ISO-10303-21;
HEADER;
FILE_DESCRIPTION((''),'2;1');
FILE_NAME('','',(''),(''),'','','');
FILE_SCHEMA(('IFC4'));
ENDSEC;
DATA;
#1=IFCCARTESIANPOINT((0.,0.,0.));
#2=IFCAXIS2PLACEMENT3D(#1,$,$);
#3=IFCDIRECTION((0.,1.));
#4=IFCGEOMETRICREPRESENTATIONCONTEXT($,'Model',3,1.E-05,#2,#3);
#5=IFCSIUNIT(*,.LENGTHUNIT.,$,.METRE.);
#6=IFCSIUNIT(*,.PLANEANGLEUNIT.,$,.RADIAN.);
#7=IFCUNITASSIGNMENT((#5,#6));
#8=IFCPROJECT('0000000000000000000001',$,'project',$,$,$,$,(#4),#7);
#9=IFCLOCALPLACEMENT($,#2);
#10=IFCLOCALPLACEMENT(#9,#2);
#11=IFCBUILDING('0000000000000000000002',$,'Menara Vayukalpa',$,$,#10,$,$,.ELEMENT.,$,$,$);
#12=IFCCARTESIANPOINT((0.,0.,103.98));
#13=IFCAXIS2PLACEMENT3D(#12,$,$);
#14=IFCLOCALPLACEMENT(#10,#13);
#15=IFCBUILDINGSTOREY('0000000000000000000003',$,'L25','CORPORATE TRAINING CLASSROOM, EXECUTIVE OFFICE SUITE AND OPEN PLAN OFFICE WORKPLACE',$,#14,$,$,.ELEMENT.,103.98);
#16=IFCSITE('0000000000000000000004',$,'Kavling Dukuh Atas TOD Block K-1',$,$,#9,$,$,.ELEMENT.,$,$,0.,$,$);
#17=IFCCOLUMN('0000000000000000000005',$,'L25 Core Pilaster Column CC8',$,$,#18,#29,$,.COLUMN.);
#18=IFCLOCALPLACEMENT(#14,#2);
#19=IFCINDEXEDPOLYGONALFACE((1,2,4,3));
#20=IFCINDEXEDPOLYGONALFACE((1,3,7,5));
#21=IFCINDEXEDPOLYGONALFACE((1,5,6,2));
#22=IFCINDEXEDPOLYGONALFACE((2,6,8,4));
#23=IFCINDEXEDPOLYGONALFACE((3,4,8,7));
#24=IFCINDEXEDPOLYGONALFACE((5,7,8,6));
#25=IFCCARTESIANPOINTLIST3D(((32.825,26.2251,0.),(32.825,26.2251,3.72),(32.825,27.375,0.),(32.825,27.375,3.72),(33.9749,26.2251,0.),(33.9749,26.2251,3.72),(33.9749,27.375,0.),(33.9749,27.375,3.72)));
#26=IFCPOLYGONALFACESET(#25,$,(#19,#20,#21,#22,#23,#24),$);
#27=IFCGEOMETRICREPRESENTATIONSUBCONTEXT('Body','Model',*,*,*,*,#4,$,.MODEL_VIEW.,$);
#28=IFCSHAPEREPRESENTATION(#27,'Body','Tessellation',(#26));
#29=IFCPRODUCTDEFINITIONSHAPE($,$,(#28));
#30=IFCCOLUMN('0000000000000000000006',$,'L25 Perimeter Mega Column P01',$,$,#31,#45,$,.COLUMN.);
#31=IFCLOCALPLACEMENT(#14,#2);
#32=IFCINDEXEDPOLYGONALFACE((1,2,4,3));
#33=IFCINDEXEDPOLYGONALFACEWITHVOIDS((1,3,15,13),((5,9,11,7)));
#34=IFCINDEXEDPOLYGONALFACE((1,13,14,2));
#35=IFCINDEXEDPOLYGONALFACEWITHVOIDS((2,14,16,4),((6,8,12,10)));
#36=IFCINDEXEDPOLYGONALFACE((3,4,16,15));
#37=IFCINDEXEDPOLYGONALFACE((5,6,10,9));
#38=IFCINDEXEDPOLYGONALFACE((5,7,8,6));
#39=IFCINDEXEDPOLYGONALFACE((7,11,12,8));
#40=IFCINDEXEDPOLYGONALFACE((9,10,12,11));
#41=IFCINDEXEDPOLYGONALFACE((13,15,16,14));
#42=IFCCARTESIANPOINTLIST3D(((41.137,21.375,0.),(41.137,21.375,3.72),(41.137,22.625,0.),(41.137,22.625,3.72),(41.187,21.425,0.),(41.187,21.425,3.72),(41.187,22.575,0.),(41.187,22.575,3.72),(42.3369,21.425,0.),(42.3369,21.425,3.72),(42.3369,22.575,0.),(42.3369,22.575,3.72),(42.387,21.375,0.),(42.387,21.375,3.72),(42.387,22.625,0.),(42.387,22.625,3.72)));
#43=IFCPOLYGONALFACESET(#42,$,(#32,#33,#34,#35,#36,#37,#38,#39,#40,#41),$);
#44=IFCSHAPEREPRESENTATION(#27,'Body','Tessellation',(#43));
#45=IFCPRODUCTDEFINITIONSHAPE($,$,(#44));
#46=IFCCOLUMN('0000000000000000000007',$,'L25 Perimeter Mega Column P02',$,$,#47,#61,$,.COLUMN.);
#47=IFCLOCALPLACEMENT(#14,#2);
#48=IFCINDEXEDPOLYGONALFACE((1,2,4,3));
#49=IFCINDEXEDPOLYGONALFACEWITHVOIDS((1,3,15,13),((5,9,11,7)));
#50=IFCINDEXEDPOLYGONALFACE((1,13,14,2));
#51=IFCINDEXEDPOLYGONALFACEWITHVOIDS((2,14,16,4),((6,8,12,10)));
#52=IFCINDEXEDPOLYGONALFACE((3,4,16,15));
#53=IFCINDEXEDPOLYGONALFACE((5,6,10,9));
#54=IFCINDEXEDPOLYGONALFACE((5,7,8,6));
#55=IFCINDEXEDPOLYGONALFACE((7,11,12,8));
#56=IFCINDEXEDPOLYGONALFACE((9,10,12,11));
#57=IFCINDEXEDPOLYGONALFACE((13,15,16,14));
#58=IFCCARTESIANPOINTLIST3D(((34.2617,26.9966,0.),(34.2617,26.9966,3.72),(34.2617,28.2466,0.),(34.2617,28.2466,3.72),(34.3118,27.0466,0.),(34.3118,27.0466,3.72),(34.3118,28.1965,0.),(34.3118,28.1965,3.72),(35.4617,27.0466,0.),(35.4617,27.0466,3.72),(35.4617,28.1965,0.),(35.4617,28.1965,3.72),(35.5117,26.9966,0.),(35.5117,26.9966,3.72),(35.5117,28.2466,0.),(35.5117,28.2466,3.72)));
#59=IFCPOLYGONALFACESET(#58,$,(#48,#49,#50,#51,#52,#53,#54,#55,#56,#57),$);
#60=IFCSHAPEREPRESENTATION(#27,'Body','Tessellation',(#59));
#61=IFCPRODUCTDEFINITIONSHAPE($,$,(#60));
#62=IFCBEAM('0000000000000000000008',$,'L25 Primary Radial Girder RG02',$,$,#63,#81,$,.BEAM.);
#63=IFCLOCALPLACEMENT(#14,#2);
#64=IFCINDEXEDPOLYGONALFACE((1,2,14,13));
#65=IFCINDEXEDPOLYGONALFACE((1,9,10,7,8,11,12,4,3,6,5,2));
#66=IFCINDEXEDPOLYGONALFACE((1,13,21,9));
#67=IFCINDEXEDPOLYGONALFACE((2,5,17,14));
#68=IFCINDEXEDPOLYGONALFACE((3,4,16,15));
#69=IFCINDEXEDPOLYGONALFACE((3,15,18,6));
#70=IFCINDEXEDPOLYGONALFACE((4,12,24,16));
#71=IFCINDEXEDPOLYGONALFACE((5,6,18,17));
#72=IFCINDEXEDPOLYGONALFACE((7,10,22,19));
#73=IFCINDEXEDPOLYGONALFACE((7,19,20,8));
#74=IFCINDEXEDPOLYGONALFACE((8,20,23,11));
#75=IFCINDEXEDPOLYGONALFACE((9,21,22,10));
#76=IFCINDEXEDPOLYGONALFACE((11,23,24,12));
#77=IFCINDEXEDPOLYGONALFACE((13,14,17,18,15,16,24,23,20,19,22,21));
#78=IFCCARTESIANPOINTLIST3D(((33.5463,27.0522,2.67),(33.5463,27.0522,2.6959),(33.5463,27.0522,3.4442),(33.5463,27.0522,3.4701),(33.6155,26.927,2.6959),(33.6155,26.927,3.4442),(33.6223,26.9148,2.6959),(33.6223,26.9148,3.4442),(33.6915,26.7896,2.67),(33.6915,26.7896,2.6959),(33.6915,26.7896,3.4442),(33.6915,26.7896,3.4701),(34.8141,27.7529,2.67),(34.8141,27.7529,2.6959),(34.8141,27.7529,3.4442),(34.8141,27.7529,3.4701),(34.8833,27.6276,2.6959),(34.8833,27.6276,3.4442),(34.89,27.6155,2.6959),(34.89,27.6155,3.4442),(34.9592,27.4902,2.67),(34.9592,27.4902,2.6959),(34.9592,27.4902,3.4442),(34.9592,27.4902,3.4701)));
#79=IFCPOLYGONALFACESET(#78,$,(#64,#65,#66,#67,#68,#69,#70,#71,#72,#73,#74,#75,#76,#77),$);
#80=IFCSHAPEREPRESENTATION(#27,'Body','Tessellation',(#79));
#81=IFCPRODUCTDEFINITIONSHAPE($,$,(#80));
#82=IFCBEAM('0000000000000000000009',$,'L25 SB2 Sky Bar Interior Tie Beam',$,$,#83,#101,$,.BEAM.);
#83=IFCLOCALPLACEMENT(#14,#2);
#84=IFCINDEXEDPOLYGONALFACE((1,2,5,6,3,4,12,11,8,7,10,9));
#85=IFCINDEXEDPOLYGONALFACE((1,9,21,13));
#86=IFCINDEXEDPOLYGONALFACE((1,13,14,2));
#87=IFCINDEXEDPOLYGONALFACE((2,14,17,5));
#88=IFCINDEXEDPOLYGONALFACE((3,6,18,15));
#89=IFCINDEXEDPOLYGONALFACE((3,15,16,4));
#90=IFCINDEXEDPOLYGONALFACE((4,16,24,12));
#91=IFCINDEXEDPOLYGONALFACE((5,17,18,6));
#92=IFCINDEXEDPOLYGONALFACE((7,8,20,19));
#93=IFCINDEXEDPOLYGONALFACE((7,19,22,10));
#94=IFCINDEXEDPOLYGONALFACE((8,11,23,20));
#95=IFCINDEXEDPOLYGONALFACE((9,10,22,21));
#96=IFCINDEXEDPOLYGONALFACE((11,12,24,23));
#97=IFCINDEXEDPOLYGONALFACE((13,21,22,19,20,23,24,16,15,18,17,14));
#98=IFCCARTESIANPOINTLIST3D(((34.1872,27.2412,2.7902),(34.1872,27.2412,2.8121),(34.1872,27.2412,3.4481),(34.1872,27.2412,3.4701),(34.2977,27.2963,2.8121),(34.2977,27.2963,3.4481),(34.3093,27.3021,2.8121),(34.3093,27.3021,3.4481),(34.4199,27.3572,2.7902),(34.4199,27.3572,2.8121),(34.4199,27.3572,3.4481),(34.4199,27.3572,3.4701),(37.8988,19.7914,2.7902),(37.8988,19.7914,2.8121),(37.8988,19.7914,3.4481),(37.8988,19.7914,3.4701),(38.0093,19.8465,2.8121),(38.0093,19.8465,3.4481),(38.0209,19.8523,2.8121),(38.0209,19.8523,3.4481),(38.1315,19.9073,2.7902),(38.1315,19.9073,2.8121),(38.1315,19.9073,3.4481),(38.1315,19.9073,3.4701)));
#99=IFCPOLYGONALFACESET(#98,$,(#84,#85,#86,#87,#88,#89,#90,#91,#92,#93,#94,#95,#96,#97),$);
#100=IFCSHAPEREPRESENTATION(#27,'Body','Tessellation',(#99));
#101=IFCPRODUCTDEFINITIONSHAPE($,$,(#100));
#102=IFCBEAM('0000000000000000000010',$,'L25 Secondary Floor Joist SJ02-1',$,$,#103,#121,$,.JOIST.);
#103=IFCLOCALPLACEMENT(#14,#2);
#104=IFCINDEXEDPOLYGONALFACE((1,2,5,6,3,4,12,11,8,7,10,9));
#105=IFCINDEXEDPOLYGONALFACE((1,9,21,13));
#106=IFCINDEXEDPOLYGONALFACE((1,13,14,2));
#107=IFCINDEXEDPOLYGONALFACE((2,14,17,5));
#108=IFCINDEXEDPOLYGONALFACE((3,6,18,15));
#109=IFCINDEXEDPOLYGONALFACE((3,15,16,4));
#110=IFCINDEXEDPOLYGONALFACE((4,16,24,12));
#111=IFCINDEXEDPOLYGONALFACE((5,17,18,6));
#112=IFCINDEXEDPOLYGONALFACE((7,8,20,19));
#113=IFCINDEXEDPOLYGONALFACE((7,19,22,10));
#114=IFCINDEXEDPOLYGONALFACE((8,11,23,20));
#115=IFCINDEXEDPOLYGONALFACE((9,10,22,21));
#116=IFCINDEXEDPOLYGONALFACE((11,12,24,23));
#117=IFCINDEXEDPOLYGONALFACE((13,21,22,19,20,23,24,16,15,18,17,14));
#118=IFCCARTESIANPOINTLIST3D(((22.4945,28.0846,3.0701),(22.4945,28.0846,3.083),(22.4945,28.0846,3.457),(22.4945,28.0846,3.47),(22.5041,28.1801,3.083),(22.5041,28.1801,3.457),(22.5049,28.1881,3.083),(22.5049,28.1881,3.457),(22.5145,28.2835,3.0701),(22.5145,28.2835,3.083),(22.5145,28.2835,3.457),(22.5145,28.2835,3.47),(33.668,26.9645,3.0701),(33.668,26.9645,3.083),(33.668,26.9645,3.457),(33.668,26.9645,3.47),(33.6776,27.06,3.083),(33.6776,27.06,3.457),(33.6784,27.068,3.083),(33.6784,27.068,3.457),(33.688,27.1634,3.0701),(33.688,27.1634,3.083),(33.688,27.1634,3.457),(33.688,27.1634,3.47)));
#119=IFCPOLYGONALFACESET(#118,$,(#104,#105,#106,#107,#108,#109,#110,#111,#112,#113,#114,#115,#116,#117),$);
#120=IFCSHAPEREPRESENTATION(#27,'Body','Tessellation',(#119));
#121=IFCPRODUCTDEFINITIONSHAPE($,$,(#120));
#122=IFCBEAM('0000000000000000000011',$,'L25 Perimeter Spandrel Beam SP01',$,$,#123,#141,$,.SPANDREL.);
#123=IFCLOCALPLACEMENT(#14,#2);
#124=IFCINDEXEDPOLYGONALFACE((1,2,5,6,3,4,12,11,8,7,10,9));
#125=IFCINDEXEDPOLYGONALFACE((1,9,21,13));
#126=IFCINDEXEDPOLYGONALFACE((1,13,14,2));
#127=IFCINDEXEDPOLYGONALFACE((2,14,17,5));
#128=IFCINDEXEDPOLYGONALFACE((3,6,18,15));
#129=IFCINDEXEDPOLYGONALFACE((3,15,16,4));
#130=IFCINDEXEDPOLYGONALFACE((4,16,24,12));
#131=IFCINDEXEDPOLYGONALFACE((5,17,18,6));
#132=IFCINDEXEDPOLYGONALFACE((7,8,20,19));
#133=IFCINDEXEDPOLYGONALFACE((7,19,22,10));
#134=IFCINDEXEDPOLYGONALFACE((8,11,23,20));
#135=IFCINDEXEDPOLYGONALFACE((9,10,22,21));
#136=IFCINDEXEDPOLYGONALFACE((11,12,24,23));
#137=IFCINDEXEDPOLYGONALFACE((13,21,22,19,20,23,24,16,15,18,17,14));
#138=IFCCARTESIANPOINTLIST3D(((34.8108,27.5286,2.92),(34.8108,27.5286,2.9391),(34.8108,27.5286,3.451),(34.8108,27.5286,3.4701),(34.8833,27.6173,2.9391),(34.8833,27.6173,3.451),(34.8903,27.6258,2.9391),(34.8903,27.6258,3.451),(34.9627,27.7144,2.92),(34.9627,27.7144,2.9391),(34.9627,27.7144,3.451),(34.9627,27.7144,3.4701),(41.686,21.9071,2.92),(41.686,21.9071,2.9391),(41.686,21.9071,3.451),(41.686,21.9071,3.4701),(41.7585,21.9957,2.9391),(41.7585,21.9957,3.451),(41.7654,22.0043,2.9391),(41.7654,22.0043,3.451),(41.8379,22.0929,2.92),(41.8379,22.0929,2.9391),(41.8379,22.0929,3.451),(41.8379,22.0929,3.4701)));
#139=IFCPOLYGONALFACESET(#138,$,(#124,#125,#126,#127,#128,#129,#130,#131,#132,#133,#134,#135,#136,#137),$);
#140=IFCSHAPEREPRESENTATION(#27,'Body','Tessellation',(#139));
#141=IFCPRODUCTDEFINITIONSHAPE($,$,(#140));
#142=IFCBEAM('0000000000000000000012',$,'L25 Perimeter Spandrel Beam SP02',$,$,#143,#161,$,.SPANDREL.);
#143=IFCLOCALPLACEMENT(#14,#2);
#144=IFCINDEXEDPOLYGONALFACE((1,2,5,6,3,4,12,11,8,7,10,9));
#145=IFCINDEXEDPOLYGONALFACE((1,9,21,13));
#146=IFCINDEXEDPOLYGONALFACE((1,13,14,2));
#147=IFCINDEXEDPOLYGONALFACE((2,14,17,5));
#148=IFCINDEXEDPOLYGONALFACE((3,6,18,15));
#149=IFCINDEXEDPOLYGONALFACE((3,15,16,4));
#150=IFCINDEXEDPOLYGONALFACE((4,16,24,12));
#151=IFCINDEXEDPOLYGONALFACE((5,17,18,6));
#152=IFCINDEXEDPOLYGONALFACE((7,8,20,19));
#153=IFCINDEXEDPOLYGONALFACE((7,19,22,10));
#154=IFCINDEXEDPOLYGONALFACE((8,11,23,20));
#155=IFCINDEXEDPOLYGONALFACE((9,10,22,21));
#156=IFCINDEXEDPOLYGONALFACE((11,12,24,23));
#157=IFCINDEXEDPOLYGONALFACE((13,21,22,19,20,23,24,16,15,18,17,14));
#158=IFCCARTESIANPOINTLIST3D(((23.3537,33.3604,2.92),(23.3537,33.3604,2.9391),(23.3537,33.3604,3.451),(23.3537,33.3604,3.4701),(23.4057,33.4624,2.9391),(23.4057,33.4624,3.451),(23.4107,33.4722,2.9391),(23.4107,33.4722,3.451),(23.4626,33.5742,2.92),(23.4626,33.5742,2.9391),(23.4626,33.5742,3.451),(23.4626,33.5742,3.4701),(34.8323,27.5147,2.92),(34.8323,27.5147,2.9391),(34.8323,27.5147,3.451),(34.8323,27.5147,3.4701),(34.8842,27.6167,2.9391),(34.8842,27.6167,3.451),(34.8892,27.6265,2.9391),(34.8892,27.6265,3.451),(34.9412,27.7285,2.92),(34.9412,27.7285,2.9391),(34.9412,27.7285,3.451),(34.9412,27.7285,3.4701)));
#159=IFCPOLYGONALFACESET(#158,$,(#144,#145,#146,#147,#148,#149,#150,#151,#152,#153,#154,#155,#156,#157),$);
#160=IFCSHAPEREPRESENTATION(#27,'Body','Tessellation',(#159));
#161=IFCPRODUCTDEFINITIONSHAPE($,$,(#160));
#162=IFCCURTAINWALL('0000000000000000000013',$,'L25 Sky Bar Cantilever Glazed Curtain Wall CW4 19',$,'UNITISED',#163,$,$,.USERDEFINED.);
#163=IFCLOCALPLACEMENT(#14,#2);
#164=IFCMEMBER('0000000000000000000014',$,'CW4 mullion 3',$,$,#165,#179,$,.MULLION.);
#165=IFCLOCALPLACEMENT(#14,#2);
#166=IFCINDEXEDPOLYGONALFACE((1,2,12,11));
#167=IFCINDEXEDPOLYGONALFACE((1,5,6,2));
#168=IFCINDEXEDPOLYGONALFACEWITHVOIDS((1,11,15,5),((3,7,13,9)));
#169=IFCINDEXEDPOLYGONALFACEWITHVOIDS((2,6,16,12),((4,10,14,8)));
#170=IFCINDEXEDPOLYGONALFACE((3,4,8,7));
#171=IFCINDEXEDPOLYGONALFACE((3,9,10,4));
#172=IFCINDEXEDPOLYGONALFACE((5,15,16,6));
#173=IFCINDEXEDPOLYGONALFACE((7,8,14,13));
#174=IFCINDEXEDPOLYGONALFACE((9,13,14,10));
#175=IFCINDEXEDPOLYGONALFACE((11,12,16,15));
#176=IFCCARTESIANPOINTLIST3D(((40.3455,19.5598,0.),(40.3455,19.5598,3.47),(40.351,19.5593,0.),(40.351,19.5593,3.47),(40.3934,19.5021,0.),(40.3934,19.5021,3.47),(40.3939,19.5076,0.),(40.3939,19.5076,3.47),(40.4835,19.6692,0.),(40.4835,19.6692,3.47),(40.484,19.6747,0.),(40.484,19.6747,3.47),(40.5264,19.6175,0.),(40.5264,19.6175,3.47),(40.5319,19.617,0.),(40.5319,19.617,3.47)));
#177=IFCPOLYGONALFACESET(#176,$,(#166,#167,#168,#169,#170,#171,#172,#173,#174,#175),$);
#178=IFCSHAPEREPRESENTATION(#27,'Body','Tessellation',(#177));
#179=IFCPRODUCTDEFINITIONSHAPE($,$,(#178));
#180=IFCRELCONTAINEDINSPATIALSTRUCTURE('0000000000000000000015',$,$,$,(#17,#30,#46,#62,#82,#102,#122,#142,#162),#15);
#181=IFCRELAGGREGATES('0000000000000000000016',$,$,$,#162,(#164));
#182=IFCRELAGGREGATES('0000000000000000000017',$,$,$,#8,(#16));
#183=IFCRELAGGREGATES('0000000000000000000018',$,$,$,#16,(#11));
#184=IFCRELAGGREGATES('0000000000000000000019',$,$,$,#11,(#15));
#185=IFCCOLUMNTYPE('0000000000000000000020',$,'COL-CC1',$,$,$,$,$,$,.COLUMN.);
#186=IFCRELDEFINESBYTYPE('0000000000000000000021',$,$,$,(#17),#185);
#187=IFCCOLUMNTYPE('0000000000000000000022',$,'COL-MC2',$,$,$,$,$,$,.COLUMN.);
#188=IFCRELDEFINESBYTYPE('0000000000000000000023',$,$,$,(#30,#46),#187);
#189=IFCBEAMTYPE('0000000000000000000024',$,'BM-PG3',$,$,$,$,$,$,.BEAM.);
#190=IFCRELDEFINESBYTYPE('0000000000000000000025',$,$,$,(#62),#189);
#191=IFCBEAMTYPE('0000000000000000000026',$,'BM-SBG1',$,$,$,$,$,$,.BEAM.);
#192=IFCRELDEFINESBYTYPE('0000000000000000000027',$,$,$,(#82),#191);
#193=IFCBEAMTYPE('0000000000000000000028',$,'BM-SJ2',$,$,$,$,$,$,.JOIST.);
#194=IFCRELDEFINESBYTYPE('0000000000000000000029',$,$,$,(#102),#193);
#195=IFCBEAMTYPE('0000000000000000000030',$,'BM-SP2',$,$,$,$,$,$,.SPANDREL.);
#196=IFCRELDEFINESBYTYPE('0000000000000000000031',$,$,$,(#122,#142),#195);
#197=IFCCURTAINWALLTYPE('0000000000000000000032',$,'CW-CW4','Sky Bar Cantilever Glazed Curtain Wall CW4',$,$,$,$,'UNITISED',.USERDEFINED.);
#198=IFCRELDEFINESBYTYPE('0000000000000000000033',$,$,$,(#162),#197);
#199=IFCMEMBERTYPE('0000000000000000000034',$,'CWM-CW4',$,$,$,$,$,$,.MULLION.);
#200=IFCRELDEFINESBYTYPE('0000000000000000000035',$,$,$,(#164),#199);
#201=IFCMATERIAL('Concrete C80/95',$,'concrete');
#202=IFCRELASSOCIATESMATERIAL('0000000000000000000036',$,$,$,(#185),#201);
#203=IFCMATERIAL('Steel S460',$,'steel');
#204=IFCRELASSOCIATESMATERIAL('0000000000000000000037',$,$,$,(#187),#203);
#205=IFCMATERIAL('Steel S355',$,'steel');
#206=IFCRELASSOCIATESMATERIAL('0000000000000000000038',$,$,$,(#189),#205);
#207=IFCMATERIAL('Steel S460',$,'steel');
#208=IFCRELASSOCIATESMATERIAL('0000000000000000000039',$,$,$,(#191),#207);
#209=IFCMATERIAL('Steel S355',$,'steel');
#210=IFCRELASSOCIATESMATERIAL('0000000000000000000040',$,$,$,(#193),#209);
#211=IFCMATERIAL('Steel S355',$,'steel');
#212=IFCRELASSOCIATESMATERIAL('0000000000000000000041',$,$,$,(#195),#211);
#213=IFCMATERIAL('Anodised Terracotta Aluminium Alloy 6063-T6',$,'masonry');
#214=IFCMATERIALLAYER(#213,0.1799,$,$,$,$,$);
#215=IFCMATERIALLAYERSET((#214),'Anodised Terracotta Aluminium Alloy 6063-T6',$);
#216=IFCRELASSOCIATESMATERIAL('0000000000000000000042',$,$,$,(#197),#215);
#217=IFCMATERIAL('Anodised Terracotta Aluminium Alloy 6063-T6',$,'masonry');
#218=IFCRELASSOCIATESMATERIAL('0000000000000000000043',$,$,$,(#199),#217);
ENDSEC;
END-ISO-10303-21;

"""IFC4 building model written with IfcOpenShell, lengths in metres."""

from ifc_helpers import new_model, si_unit, direction, frame, origin, origin_2d, place, context, subcontext, project, spatial, rectangle, hollow_rectangle, i_section, extrude, material, layer, layer_set, material_profile, profile_set, type_object, element, aggregate, save


model = new_model("IFC4")

# Units and contexts
model_context = context("Model", 3, precision=1e-05, world=origin(), true_north=direction((0.0, 1.0)))
body_context = subcontext(model_context, "Body", "Model", "MODEL_VIEW")
ifc_project = project(units=[si_unit("LENGTHUNIT", "METRE"), si_unit("PLANEANGLEUNIT", "RADIAN")], contexts=[model_context])

# Site, building, storey
site_placement = place(None, origin())
site = spatial("IfcSite", under=ifc_project, at=site_placement, Name="Kavling Dukuh Atas TOD Block K-1", CompositionType="ELEMENT", RefElevation=0.0)
building_placement = place(site_placement, origin())
building = spatial("IfcBuilding", under=site, at=building_placement, Name="Menara Vayukalpa", CompositionType="ELEMENT")
storey_placement = place(building_placement, frame((0.0, 0.0, 103.98)))
storey = spatial("IfcBuildingStorey", under=building, at=storey_placement, Name="L25", Description="CORPORATE TRAINING CLASSROOM, EXECUTIVE OFFICE SUITE AND OPEN PLAN OFFICE WORKPLACE", CompositionType="ELEMENT", Elevation=103.98)

# Columns
ifc_material_1 = material(Name="Concrete C80/95", Category="concrete")
ifc_material_profile_1 = material_profile(ifc_material_1, rectangle(XDim=1.1499, YDim=1.1499, at=origin_2d()), Name="RC 1150x1150")
ifc_profile_set_1 = profile_set([ifc_material_profile_1], Name="Concrete C80/95")
column_type_1 = type_object("IfcColumnType", Name="COL-CC1", PredefinedType="COLUMN", material=ifc_profile_set_1)
column_placement = place(storey_placement, frame((33.3999, 26.8, 0.0), z_axis=(0.0, 0.0, 1.0), x_axis=(1.0, 0.0, 0.0)))
element("IfcColumn", 1, at=column_placement, inside=storey, type_object=column_type_1, Name="L25 Core Pilaster Column CC8", PredefinedType="COLUMN", context=body_context, shape_type="SweptSolid", body=[
    extrude(rectangle(XDim=1.1499, YDim=1.1499, at=origin_2d()), origin(), (0.0, 0.0, 1.0), 3.72),
])
ifc_material_2 = material(Name="Steel S460", Category="steel")
ifc_material_profile_2 = material_profile(ifc_material_2, hollow_rectangle(XDim=1.25, YDim=1.25, WallThickness=0.05, at=origin_2d()), Name="BOX 1250x1250x50")
ifc_profile_set_2 = profile_set([ifc_material_profile_2], Name="Steel S460")
column_type_2 = type_object("IfcColumnType", Name="COL-MC2", PredefinedType="COLUMN", material=ifc_profile_set_2)
for number, where, z_axis, x_axis, name in (
    (2, (41.762, 22.0, 0.0), (0.0, 0.0, 1.0), (1.0, 0.0, 0.0), "L25 Perimeter Mega Column P01"),
    (3, (34.8867, 27.6216, 0.0), (0.0, 0.0, 1.0), (1.0, 0.0, 0.0), "L25 Perimeter Mega Column P02"),
):
    element("IfcColumn", number, at=place(storey_placement, frame(where, z_axis=z_axis, x_axis=x_axis)), inside=storey, type_object=column_type_2, Name=name, PredefinedType="COLUMN", context=body_context, shape_type="SweptSolid", body=[
        extrude(hollow_rectangle(XDim=1.25, YDim=1.25, WallThickness=0.05, at=origin_2d()), origin(), (0.0, 0.0, 1.0), 3.72),
    ])

# Beams
ifc_material_3 = material(Name="Steel S355", Category="steel")
ifc_material_profile_3 = material_profile(ifc_material_3, i_section(OverallWidth=0.3, OverallDepth=0.8, WebThickness=0.0139, FlangeThickness=0.0259, at=origin_2d()), Name="WF 800x300x14x26")
ifc_profile_set_3 = profile_set([ifc_material_profile_3], Name="Steel S355")
beam_type_1 = type_object("IfcBeamType", Name="BM-PG3", PredefinedType="BEAM", material=ifc_profile_set_3)
beam_1_placement = place(storey_placement, frame((33.6189, 26.9209, 3.0701), z_axis=(0.875228, 0.48371, 0.0), x_axis=(-0.48371, 0.875228, 0.0)))
element("IfcBeam", 4, at=beam_1_placement, inside=storey, type_object=beam_type_1, Name="L25 Primary Radial Girder RG02", PredefinedType="BEAM", context=body_context, shape_type="SweptSolid", body=[
    extrude(i_section(OverallWidth=0.3, OverallDepth=0.8, WebThickness=0.0139, FlangeThickness=0.0259, at=origin_2d()), origin(), (0.0, 0.0, 1.0), 1.4485),
])
ifc_material_4 = material(Name="Steel S460", Category="steel")
ifc_material_profile_4 = material_profile(ifc_material_4, i_section(OverallWidth=0.26, OverallDepth=0.6799, WebThickness=0.0129, FlangeThickness=0.022, at=origin_2d()), Name="WF 680x260x13x22")
ifc_profile_set_4 = profile_set([ifc_material_profile_4], Name="Steel S460")
beam_type_2 = type_object("IfcBeamType", Name="BM-SBG1", PredefinedType="BEAM", material=ifc_profile_set_4)
beam_2_placement = place(storey_placement, frame((38.0151, 19.8494, 3.1301), z_axis=(-0.445934, 0.895066, 0.0), x_axis=(-0.895066, -0.445934, 0.0)))
element("IfcBeam", 5, at=beam_2_placement, inside=storey, type_object=beam_type_2, Name="L25 SB2 Sky Bar Interior Tie Beam", PredefinedType="BEAM", context=body_context, shape_type="SweptSolid", body=[
    extrude(i_section(OverallWidth=0.26, OverallDepth=0.6799, WebThickness=0.0129, FlangeThickness=0.022, at=origin_2d()), origin(), (0.0, 0.0, 1.0), 8.3232),
])
ifc_material_5 = material(Name="Steel S355", Category="steel")
ifc_material_profile_5 = material_profile(ifc_material_5, i_section(OverallWidth=0.2, OverallDepth=0.3999, WebThickness=0.0081, FlangeThickness=0.0129, at=origin_2d()), Name="WF 400x200x8x13")
ifc_profile_set_5 = profile_set([ifc_material_profile_5], Name="Steel S355")
beam_type_3 = type_object("IfcBeamType", Name="BM-SJ2", PredefinedType="JOIST", material=ifc_profile_set_5)
beam_3_placement = place(storey_placement, frame((33.678, 27.064, 3.27), z_axis=(-0.995013, 0.099747, 0.0), x_axis=(-0.099747, -0.995013, 0.0)))
element("IfcBeam", 6, at=beam_3_placement, inside=storey, type_object=beam_type_3, Name="L25 Secondary Floor Joist SJ02-1", PredefinedType="JOIST", context=body_context, shape_type="SweptSolid", body=[
    extrude(i_section(OverallWidth=0.2, OverallDepth=0.3999, WebThickness=0.0081, FlangeThickness=0.0129, at=origin_2d()), origin(), (0.0, 0.0, 1.0), 11.2295),
])
ifc_material_6 = material(Name="Steel S355", Category="steel")
ifc_material_profile_6 = material_profile(ifc_material_6, i_section(OverallWidth=0.24, OverallDepth=0.55, WebThickness=0.011, FlangeThickness=0.019, at=origin_2d()), Name="WF 550x240x11x19")
ifc_profile_set_6 = profile_set([ifc_material_profile_6], Name="Steel S355")
beam_type_4 = type_object("IfcBeamType", Name="BM-SP2", PredefinedType="SPANDREL", material=ifc_profile_set_6)
beam_4_placement = place(storey_placement, frame((41.762, 22.0, 3.1951), z_axis=(-0.774157, 0.632994, 0.0), x_axis=(-0.632994, -0.774157, 0.0)))
element("IfcBeam", 7, at=beam_4_placement, inside=storey, type_object=beam_type_4, Name="L25 Perimeter Spandrel Beam SP01", PredefinedType="SPANDREL", context=body_context, shape_type="SweptSolid", body=[
    extrude(i_section(OverallWidth=0.24, OverallDepth=0.55, WebThickness=0.011, FlangeThickness=0.019, at=origin_2d()), origin(), (0.0, 0.0, 1.0), 8.8809),
])
beam_5_placement = place(storey_placement, frame((34.8867, 27.6216, 3.1951), z_axis=(-0.891097, 0.453812, 0.0), x_axis=(-0.453812, -0.891097, 0.0)))
element("IfcBeam", 8, at=beam_5_placement, inside=storey, type_object=beam_type_4, Name="L25 Perimeter Spandrel Beam SP02", PredefinedType="SPANDREL", context=body_context, shape_type="SweptSolid", body=[
    extrude(i_section(OverallWidth=0.24, OverallDepth=0.55, WebThickness=0.011, FlangeThickness=0.019, at=origin_2d()), origin(), (0.0, 0.0, 1.0), 12.8813),
])

# Curtain wall, member
ifc_material_7 = material(Name="Anodised Terracotta Aluminium Alloy 6063-T6", Category="masonry")
ifc_layer_1 = layer(ifc_material_7, 0.1799)
ifc_layer_set_1 = layer_set([ifc_layer_1], Name="Anodised Terracotta Aluminium Alloy 6063-T6")
curtain_wall_type = type_object("IfcCurtainWallType", Name="CW-CW4", Description="Sky Bar Cantilever Glazed Curtain Wall CW4", ElementType="UNITISED", PredefinedType="USERDEFINED", material=ifc_layer_set_1)
curtain_wall_placement = place(storey_placement, origin())
curtain_wall = element("IfcCurtainWall", 9, at=curtain_wall_placement, inside=storey, type_object=curtain_wall_type, Name="L25 Sky Bar Cantilever Glazed Curtain Wall CW4 19", ObjectType="UNITISED", PredefinedType="USERDEFINED")
ifc_material_8 = material(Name="Anodised Terracotta Aluminium Alloy 6063-T6", Category="masonry")
ifc_material_profile_7 = material_profile(ifc_material_8, hollow_rectangle(XDim=0.075, YDim=0.1799, WallThickness=0.0039, at=origin_2d()), Name="ALU 75x180x4")
ifc_profile_set_7 = profile_set([ifc_material_profile_7], Name="Anodised Terracotta Aluminium Alloy 6063-T6")
member_type = type_object("IfcMemberType", Name="CWM-CW4", PredefinedType="MULLION", material=ifc_profile_set_7)
member_placement = place(storey_placement, frame((40.4387, 19.5884, 0.0), z_axis=(0.0, 0.0, 1.0), x_axis=(-0.638346, 0.76975, 0.0)))
member = element("IfcMember", 10, at=member_placement, type_object=member_type, Name="CW4 mullion 3", PredefinedType="MULLION", context=body_context, shape_type="SweptSolid", body=[
    extrude(hollow_rectangle(XDim=0.075, YDim=0.1799, WallThickness=0.0039, at=origin_2d()), origin(), (0.0, 0.0, 1.0), 3.47),
])
aggregate(curtain_wall, [member])

save(model, "model.ifc")
